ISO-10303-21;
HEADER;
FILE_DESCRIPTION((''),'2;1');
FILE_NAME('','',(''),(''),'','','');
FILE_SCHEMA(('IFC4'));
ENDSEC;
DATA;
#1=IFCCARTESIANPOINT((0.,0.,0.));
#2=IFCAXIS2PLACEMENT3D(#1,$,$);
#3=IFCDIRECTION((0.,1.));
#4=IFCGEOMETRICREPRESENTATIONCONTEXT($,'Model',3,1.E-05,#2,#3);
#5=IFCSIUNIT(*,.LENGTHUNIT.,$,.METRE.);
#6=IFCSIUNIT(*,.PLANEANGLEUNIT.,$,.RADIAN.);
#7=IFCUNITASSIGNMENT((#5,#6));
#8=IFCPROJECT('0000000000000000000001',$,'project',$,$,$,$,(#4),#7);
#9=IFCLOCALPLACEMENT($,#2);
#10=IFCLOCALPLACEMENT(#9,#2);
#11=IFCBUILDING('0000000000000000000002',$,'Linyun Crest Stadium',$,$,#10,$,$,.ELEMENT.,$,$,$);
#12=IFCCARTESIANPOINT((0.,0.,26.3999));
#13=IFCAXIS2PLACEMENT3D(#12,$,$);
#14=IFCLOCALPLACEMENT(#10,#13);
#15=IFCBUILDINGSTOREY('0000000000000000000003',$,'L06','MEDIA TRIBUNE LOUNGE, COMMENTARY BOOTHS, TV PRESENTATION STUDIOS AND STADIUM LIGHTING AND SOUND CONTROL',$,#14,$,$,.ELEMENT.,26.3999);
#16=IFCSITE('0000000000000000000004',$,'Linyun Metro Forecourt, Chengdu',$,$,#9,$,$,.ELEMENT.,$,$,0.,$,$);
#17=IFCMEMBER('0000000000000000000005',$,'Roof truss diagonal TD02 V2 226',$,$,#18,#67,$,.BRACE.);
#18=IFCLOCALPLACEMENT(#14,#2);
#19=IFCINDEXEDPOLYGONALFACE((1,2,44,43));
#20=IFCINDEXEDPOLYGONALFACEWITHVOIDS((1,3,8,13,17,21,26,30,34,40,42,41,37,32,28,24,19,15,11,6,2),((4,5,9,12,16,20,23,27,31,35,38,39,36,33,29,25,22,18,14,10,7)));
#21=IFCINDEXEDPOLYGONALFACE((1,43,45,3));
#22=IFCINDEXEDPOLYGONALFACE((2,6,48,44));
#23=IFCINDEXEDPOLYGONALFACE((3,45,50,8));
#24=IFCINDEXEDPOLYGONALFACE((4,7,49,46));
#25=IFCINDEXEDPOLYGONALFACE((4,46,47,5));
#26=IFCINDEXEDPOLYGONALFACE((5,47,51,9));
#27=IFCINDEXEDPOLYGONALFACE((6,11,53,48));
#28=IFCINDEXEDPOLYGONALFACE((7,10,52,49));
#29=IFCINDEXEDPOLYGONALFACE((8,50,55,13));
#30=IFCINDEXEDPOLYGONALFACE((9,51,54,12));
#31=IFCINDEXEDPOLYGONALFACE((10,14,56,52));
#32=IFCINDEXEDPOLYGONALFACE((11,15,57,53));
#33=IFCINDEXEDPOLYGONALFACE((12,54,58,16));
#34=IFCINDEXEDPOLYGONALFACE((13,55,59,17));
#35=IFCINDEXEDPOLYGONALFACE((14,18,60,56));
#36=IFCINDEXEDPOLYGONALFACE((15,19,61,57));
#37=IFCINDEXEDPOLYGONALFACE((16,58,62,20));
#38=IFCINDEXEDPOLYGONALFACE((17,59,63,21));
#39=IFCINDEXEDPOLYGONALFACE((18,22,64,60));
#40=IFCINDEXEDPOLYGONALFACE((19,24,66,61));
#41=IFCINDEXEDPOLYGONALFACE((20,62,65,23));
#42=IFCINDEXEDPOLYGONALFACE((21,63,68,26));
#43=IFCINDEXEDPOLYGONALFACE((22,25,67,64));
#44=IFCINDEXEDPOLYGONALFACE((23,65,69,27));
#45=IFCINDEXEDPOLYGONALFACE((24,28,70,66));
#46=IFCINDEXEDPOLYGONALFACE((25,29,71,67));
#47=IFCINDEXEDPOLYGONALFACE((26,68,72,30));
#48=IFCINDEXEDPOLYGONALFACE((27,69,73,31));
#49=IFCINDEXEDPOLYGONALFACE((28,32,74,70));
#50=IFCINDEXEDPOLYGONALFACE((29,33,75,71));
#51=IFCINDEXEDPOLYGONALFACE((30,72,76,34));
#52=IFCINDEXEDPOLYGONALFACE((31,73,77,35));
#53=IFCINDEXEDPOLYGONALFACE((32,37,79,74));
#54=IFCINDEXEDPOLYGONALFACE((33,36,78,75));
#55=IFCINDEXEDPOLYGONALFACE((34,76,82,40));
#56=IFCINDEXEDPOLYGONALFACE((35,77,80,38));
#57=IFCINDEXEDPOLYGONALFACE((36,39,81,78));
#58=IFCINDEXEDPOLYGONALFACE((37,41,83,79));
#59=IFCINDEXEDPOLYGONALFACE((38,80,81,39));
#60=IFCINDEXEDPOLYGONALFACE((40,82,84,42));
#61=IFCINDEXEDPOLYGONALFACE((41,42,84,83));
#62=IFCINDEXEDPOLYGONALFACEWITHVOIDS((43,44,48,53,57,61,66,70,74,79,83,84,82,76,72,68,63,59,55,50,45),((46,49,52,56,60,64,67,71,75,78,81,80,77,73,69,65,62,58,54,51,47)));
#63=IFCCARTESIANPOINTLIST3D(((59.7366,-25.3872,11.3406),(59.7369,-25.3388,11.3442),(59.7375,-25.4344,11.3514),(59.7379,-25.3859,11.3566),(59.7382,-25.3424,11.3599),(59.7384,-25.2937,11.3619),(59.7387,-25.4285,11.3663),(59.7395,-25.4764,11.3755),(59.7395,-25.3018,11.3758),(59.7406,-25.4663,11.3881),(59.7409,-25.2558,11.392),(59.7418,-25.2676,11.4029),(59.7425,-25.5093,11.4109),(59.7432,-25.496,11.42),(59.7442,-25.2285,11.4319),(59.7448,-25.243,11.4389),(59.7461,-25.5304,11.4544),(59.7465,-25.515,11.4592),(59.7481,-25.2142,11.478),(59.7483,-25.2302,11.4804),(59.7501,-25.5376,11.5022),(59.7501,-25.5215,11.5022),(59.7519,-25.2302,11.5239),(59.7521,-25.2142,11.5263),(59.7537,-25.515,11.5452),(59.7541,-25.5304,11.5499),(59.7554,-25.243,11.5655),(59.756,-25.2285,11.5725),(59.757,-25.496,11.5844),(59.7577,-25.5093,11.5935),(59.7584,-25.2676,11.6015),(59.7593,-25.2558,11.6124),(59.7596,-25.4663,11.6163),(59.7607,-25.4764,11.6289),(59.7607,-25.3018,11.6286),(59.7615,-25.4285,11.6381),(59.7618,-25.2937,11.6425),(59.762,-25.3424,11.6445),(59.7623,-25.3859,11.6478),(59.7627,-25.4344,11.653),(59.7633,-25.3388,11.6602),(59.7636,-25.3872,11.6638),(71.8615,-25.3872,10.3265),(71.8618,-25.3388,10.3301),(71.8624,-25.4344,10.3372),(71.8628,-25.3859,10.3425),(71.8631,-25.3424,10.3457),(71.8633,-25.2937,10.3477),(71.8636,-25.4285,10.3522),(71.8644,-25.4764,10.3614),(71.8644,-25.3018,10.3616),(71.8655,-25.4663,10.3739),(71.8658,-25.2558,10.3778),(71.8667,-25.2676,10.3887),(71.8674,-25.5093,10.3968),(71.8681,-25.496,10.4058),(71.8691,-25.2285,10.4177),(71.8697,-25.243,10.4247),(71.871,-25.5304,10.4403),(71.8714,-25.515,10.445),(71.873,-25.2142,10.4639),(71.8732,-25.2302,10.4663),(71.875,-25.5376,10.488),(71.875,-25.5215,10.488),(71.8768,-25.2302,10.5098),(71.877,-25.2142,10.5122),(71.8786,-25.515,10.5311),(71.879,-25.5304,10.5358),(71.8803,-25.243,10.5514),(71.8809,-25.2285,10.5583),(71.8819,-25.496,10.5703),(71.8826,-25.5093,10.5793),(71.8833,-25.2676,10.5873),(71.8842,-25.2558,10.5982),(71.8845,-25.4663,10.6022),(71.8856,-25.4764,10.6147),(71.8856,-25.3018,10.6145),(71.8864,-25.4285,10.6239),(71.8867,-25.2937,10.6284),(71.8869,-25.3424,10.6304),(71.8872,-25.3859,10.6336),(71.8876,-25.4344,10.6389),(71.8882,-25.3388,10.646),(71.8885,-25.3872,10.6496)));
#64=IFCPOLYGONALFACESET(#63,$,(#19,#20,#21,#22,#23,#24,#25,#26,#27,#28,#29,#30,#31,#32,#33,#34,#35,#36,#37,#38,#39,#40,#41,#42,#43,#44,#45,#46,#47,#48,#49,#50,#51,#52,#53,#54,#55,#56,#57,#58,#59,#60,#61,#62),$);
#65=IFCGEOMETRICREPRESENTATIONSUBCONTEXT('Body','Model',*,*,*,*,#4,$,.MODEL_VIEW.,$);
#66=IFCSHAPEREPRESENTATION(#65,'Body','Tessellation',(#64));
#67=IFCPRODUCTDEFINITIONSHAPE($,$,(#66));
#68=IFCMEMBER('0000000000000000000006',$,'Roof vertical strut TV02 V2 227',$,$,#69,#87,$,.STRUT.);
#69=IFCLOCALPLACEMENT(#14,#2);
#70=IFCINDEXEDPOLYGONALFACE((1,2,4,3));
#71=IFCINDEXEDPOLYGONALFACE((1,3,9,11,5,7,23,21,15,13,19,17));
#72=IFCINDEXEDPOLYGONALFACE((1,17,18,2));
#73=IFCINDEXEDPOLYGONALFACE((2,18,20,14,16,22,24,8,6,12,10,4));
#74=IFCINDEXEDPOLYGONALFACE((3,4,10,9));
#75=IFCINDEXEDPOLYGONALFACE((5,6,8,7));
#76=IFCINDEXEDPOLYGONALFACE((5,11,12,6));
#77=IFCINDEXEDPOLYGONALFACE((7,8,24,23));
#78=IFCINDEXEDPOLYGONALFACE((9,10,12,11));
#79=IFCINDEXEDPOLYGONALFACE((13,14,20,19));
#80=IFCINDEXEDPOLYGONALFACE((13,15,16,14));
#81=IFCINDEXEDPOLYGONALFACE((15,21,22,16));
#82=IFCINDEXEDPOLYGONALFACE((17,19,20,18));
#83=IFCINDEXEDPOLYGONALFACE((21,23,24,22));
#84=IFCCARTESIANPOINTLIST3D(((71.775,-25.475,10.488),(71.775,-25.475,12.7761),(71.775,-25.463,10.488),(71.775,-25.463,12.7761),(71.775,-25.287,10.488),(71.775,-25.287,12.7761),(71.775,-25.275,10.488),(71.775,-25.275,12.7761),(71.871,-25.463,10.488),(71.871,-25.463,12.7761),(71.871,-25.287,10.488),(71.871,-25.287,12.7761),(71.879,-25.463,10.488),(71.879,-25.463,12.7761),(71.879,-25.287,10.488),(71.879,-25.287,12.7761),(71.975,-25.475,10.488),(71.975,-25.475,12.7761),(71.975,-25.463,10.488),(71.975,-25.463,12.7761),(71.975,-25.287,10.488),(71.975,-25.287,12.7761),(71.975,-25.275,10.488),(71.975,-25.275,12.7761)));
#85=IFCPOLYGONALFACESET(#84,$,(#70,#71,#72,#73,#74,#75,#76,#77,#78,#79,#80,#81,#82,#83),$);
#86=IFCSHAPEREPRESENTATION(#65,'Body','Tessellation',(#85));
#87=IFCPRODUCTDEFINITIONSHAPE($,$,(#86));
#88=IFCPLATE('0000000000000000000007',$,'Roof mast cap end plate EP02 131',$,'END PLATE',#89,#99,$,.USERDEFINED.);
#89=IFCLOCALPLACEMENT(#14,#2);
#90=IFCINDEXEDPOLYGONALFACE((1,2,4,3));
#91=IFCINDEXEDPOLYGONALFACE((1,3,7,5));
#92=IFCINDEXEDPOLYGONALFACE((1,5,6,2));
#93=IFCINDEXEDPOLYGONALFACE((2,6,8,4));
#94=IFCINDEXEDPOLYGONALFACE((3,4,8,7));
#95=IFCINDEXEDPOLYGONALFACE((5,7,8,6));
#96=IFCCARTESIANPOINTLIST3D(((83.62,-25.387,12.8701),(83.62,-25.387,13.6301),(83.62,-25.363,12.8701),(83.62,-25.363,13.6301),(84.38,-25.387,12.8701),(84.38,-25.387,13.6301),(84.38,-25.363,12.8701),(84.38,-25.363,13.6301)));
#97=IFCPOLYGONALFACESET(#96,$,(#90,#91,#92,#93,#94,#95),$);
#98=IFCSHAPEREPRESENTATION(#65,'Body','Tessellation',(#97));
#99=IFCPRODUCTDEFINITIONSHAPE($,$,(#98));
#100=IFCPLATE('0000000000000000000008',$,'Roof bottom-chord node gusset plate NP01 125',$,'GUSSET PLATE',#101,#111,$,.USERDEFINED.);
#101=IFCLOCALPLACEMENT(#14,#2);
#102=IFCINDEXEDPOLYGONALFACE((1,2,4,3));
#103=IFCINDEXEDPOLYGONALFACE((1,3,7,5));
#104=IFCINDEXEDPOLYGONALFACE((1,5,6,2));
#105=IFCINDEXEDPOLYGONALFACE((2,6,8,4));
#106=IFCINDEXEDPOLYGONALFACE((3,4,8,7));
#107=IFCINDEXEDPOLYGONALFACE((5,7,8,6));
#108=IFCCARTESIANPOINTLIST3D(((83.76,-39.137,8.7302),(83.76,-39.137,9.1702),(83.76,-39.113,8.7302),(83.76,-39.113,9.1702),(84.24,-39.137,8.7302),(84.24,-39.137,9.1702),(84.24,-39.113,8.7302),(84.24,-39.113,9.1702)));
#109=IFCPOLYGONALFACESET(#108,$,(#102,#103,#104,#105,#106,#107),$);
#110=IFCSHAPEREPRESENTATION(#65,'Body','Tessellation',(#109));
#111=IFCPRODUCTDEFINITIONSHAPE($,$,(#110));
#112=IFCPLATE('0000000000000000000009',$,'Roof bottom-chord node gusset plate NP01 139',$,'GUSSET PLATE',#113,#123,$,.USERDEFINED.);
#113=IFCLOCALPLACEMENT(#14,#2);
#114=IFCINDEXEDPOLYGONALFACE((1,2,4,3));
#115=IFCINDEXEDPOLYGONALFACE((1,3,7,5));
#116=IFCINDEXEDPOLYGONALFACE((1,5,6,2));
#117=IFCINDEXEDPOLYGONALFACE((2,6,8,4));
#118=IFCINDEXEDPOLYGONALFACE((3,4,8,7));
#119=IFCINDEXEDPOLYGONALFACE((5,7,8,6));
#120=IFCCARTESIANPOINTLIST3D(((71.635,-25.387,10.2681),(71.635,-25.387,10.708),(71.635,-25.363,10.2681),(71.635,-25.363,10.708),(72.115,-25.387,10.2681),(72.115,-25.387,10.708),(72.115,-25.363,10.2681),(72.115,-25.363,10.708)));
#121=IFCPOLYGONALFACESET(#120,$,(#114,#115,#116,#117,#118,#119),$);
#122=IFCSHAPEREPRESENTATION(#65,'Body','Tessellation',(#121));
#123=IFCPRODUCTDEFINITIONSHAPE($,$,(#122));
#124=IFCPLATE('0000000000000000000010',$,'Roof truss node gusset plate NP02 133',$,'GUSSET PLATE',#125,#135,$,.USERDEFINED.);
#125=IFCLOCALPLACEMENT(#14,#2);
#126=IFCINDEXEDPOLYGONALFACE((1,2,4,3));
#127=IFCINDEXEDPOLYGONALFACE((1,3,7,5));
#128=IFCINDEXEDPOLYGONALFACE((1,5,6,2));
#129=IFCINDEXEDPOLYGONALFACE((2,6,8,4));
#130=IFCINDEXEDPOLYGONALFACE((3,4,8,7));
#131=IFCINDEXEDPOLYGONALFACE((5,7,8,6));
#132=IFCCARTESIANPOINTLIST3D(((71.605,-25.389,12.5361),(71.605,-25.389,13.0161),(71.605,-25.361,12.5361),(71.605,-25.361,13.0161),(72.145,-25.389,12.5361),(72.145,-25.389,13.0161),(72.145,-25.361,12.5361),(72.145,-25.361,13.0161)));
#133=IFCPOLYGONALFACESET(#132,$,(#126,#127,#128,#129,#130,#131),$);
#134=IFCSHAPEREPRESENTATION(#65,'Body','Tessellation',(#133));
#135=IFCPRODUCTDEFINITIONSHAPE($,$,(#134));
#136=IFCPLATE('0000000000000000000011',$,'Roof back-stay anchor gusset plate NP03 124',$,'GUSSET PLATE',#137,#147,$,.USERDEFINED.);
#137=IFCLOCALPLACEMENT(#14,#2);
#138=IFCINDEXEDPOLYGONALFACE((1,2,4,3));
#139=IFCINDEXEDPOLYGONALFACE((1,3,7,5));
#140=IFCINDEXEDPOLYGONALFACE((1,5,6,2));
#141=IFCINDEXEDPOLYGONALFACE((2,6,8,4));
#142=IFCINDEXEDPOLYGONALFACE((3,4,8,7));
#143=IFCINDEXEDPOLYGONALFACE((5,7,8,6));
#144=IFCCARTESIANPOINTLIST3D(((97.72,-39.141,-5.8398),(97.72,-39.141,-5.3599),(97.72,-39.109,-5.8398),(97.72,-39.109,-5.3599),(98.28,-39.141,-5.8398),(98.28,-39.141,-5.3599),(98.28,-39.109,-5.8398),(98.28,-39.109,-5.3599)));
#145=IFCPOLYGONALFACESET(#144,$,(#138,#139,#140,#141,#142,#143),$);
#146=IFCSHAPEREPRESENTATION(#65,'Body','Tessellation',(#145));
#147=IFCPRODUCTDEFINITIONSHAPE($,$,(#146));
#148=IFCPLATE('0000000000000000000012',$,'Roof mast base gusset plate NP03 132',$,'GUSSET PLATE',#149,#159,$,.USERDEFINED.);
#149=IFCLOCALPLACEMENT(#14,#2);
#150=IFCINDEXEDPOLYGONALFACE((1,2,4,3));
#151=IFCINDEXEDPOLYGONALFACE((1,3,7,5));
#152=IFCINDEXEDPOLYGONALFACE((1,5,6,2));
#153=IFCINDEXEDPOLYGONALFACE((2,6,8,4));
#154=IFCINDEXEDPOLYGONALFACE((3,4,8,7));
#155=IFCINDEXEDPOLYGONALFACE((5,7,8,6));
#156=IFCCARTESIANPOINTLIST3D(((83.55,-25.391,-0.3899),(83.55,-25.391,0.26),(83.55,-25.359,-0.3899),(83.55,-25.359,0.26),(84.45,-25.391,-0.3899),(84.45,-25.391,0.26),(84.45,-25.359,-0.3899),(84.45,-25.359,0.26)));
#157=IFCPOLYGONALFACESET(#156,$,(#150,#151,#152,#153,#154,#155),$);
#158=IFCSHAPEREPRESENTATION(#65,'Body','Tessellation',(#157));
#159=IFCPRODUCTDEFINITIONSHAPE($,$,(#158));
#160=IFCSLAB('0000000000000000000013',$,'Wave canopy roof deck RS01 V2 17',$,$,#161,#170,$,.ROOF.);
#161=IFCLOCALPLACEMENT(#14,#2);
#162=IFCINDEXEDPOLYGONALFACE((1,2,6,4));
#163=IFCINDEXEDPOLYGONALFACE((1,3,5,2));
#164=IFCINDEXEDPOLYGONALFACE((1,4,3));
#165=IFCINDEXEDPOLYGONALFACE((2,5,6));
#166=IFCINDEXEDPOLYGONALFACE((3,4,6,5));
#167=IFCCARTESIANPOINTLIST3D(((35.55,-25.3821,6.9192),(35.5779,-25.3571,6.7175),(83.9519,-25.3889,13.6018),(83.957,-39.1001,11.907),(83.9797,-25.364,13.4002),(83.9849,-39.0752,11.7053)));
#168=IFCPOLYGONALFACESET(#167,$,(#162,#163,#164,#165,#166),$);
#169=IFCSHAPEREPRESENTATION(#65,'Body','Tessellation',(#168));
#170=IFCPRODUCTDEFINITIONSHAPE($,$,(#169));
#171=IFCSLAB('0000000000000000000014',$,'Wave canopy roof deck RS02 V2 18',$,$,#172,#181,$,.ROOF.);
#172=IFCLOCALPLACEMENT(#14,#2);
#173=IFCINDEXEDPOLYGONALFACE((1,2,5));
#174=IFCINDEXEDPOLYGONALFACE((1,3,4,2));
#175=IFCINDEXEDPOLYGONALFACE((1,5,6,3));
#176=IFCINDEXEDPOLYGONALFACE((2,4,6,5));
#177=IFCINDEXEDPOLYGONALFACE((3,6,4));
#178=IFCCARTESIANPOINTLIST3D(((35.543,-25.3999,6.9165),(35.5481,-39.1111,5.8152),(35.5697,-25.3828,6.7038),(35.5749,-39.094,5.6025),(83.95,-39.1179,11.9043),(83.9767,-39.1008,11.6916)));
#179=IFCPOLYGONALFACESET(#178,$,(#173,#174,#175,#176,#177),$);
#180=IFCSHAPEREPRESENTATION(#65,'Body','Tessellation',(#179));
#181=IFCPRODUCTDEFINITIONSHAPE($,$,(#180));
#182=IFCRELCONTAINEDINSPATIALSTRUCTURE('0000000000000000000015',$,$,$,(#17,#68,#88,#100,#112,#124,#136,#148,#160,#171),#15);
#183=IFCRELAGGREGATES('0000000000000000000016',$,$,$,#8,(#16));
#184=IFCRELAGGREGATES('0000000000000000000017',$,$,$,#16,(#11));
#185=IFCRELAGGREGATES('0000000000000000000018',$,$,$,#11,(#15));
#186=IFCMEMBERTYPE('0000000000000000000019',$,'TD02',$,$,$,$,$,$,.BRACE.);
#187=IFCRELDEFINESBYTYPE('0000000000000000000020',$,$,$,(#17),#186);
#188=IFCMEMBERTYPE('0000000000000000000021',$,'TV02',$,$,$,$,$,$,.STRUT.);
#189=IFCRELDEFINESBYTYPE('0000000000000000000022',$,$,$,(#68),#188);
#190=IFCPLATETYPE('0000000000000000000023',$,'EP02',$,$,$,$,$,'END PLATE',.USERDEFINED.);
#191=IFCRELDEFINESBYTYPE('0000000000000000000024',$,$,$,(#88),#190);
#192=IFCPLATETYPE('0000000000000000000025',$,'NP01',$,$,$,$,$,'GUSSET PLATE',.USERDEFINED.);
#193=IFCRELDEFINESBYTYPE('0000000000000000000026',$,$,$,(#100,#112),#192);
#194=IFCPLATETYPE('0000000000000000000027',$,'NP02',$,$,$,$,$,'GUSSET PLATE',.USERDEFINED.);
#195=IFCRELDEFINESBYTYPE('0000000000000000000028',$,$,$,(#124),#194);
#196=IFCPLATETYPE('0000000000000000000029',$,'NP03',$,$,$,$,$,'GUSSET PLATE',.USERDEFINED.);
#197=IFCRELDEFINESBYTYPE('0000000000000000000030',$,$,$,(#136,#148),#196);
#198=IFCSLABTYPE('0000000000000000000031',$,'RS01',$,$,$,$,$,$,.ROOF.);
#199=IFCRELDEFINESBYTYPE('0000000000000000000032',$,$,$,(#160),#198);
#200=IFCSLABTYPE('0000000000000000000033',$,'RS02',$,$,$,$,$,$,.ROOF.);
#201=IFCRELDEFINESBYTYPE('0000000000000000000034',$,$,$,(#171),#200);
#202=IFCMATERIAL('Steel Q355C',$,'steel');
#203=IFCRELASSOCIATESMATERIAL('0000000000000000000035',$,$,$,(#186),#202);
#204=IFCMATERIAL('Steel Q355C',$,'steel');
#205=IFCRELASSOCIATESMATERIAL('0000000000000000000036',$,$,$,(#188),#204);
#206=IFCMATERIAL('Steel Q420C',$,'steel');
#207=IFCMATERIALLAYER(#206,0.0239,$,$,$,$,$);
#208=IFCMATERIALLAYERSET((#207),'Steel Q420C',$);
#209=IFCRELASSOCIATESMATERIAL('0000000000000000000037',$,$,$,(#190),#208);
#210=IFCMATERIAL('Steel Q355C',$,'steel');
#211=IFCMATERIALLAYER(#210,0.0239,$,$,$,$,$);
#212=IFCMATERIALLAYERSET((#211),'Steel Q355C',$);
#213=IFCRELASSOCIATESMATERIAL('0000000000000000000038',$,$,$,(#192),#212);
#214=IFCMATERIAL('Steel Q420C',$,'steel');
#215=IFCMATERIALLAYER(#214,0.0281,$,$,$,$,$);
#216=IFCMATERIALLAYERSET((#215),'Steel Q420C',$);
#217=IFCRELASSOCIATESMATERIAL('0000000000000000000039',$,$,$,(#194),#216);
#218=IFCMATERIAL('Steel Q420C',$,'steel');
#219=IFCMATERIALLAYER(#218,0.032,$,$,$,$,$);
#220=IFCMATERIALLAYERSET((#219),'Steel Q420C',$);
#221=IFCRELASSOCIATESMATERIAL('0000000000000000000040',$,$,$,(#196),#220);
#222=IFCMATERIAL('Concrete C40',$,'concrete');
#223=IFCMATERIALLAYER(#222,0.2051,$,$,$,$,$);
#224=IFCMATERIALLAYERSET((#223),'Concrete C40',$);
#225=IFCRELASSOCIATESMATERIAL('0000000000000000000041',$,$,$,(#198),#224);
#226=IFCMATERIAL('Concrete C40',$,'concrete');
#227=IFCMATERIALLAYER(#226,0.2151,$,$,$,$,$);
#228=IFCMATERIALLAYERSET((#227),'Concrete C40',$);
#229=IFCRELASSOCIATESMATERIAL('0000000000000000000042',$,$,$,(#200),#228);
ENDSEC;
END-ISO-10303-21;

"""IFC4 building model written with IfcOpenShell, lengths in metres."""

from ifc_helpers import new_model, si_unit, direction, frame, origin, origin_2d, place, context, subcontext, project, spatial, polyline, rectangle, hollow_circle, i_section, outline, extrude, material, layer, layer_set, material_profile, profile_set, type_object, element, save


model = new_model("IFC4")

# Units and contexts
model_context = context("Model", 3, precision=1e-05, world=origin(), true_north=direction((0.0, 1.0)))
body_context = subcontext(model_context, "Body", "Model", "MODEL_VIEW")
ifc_project = project(units=[si_unit("LENGTHUNIT", "METRE"), si_unit("PLANEANGLEUNIT", "RADIAN")], contexts=[model_context])

# Site, building, storey
site_placement = place(None, origin())
site = spatial("IfcSite", under=ifc_project, at=site_placement, Name="Linyun Metro Forecourt, Chengdu", CompositionType="ELEMENT", RefElevation=0.0)
building_placement = place(site_placement, origin())
building = spatial("IfcBuilding", under=site, at=building_placement, Name="Linyun Crest Stadium", CompositionType="ELEMENT")
storey_placement = place(building_placement, frame((0.0, 0.0, 26.3999)))
storey = spatial("IfcBuildingStorey", under=building, at=storey_placement, Name="L06", Description="MEDIA TRIBUNE LOUNGE, COMMENTARY BOOTHS, TV PRESENTATION STUDIOS AND STADIUM LIGHTING AND SOUND CONTROL", CompositionType="ELEMENT", Elevation=26.3999)

# Members
ifc_material_1 = material(Name="Steel Q355C", Category="steel")
ifc_material_profile_1 = material_profile(ifc_material_1, hollow_circle(Radius=0.1626, WallThickness=0.0161, at=origin_2d()), Name="CHS 325x16")
ifc_profile_set_1 = profile_set([ifc_material_profile_1], Name="Steel Q355C")
member_type_1 = type_object("IfcMemberType", Name="TD02", PredefinedType="BRACE", material=ifc_profile_set_1)
member_1_placement = place(storey_placement, frame((71.875, -25.375, 10.488), z_axis=(-0.99652, 0.0, 0.083351), x_axis=(0.0, -1.0, 0.0)))
element("IfcMember", 1, at=member_1_placement, inside=storey, type_object=member_type_1, Name="Roof truss diagonal TD02 V2 226", PredefinedType="BRACE", context=body_context, shape_type="SweptSolid", body=[
    extrude(hollow_circle(Radius=0.1626, WallThickness=0.0161, at=origin_2d()), origin(), (0.0, 0.0, 1.0), 12.1672),
])
ifc_material_2 = material(Name="Steel Q355C", Category="steel")
ifc_material_profile_2 = material_profile(ifc_material_2, i_section(OverallWidth=0.2, OverallDepth=0.2, WebThickness=0.0081, FlangeThickness=0.012, at=origin_2d()), Name="HW 200x200")
ifc_profile_set_2 = profile_set([ifc_material_profile_2], Name="Steel Q355C")
member_type_2 = type_object("IfcMemberType", Name="TV02", PredefinedType="STRUT", material=ifc_profile_set_2)
member_2_placement = place(storey_placement, frame((71.875, -25.375, 10.488), z_axis=(0.0, 0.0, 1.0), x_axis=(1.0, 0.0, 0.0)))
element("IfcMember", 2, at=member_2_placement, inside=storey, type_object=member_type_2, Name="Roof vertical strut TV02 V2 227", PredefinedType="STRUT", context=body_context, shape_type="SweptSolid", body=[
    extrude(i_section(OverallWidth=0.2, OverallDepth=0.2, WebThickness=0.0081, FlangeThickness=0.012, at=origin_2d()), origin(), (0.0, 0.0, 1.0), 2.2881),
])

# Plates
ifc_material_3 = material(Name="Steel Q420C", Category="steel")
ifc_layer_1 = layer(ifc_material_3, 0.0239)
ifc_layer_set_1 = layer_set([ifc_layer_1], Name="Steel Q420C")
plate_type_1 = type_object("IfcPlateType", Name="EP02", ElementType="END PLATE", PredefinedType="USERDEFINED", material=ifc_layer_set_1)
plate_1_placement = place(storey_placement, frame((84.0, -25.375, 12.8701), z_axis=(0.0, 0.0, 1.0), x_axis=(1.0, 0.0, 0.0)))
element("IfcPlate", 3, at=plate_1_placement, inside=storey, type_object=plate_type_1, Name="Roof mast cap end plate EP02 131", ObjectType="END PLATE", PredefinedType="USERDEFINED", context=body_context, shape_type="SweptSolid", body=[
    extrude(rectangle(XDim=0.76, YDim=0.0239, at=origin_2d()), origin(), (0.0, 0.0, 1.0), 0.76),
])
ifc_material_4 = material(Name="Steel Q355C", Category="steel")
ifc_layer_2 = layer(ifc_material_4, 0.0239)
ifc_layer_set_2 = layer_set([ifc_layer_2], Name="Steel Q355C")
plate_type_2 = type_object("IfcPlateType", Name="NP01", ElementType="GUSSET PLATE", PredefinedType="USERDEFINED", material=ifc_layer_set_2)
for number, where, z_axis, x_axis, name in (
    (4, (84.0, -39.125, 8.7302), (0.0, 0.0, 1.0), (1.0, 0.0, 0.0), "Roof bottom-chord node gusset plate NP01 125"),
    (5, (71.875, -25.375, 10.2681), (0.0, 0.0, 1.0), (1.0, 0.0, 0.0), "Roof bottom-chord node gusset plate NP01 139"),
):
    element("IfcPlate", number, at=place(storey_placement, frame(where, z_axis=z_axis, x_axis=x_axis)), inside=storey, type_object=plate_type_2, Name=name, ObjectType="GUSSET PLATE", PredefinedType="USERDEFINED", context=body_context, shape_type="SweptSolid", body=[
        extrude(rectangle(XDim=0.48, YDim=0.0239, at=origin_2d()), origin(), (0.0, 0.0, 1.0), 0.4399),
    ])
ifc_material_5 = material(Name="Steel Q420C", Category="steel")
ifc_layer_3 = layer(ifc_material_5, 0.0281)
ifc_layer_set_3 = layer_set([ifc_layer_3], Name="Steel Q420C")
plate_type_3 = type_object("IfcPlateType", Name="NP02", ElementType="GUSSET PLATE", PredefinedType="USERDEFINED", material=ifc_layer_set_3)
plate_2_placement = place(storey_placement, frame((71.875, -25.375, 12.5361), z_axis=(0.0, 0.0, 1.0), x_axis=(1.0, 0.0, 0.0)))
element("IfcPlate", 6, at=plate_2_placement, inside=storey, type_object=plate_type_3, Name="Roof truss node gusset plate NP02 133", ObjectType="GUSSET PLATE", PredefinedType="USERDEFINED", context=body_context, shape_type="SweptSolid", body=[
    extrude(rectangle(XDim=0.54, YDim=0.0281, at=origin_2d()), origin(), (0.0, 0.0, 1.0), 0.48),
])
ifc_material_6 = material(Name="Steel Q420C", Category="steel")
ifc_layer_4 = layer(ifc_material_6, 0.032)
ifc_layer_set_4 = layer_set([ifc_layer_4], Name="Steel Q420C")
plate_type_4 = type_object("IfcPlateType", Name="NP03", ElementType="GUSSET PLATE", PredefinedType="USERDEFINED", material=ifc_layer_set_4)
plate_3_placement = place(storey_placement, frame((98.0, -39.125, -5.8398), z_axis=(0.0, 0.0, 1.0), x_axis=(1.0, 0.0, 0.0)))
element("IfcPlate", 7, at=plate_3_placement, inside=storey, type_object=plate_type_4, Name="Roof back-stay anchor gusset plate NP03 124", ObjectType="GUSSET PLATE", PredefinedType="USERDEFINED", context=body_context, shape_type="SweptSolid", body=[
    extrude(rectangle(XDim=0.5601, YDim=0.032, at=origin_2d()), origin(), (0.0, 0.0, 1.0), 0.48),
])
plate_4_placement = place(storey_placement, frame((84.0, -25.375, -0.3899), z_axis=(0.0, 0.0, 1.0), x_axis=(1.0, 0.0, 0.0)))
element("IfcPlate", 8, at=plate_4_placement, inside=storey, type_object=plate_type_4, Name="Roof mast base gusset plate NP03 132", ObjectType="GUSSET PLATE", PredefinedType="USERDEFINED", context=body_context, shape_type="SweptSolid", body=[
    extrude(rectangle(XDim=0.8999, YDim=0.032, at=origin_2d()), origin(), (0.0, 0.0, 1.0), 0.6499),
])

# Slabs
ifc_material_7 = material(Name="Concrete C40", Category="concrete")
ifc_layer_5 = layer(ifc_material_7, 0.2051)
ifc_layer_set_5 = layer_set([ifc_layer_5], Name="Concrete C40")
slab_type_1 = type_object("IfcSlabType", Name="RS01", PredefinedType="ROOF", material=ifc_layer_set_5)
slab_1_placement = place(storey_placement, frame((83.957, -39.1001, 11.907), z_axis=(-0.13577, -0.121589, 0.983251), x_axis=(-0.000371, 0.992447, 0.122675)))
element("IfcSlab", 9, at=slab_1_placement, inside=storey, type_object=slab_type_1, Name="Wave canopy roof deck RS01 V2 17", PredefinedType="ROOF", context=body_context, shape_type="SweptSolid", body=[
    extrude(outline(polyline([(0.0, 0.0), (13.8155, 0.0), (13.0205, 48.8545), (0.0, 0.0)])), origin(), (0.0, 0.0, -1.0), 0.2051),
])
ifc_material_8 = material(Name="Concrete C40", Category="concrete")
ifc_layer_6 = layer(ifc_material_8, 0.2151)
ifc_layer_set_6 = layer_set([ifc_layer_6], Name="Concrete C40")
slab_type_2 = type_object("IfcSlabType", Name="RS02", PredefinedType="ROOF", material=ifc_layer_set_6)
slab_2_placement = place(storey_placement, frame((83.95, -39.1179, 11.9043), z_axis=(-0.124436, -0.079489, 0.989039), x_axis=(-0.957419, 0.271322, -0.098651)))
element("IfcSlab", 10, at=slab_2_placement, inside=storey, type_object=slab_type_2, Name="Wave canopy roof deck RS02 V2 18", PredefinedType="ROOF", context=body_context, shape_type="SweptSolid", body=[
    extrude(outline(polyline([(0.0, 0.0), (50.5598, 0.0), (46.9434, 13.2714), (0.0, 0.0)])), origin(), (0.0, 0.0, -1.0), 0.2151),
])

save(model, "model.ifc")
